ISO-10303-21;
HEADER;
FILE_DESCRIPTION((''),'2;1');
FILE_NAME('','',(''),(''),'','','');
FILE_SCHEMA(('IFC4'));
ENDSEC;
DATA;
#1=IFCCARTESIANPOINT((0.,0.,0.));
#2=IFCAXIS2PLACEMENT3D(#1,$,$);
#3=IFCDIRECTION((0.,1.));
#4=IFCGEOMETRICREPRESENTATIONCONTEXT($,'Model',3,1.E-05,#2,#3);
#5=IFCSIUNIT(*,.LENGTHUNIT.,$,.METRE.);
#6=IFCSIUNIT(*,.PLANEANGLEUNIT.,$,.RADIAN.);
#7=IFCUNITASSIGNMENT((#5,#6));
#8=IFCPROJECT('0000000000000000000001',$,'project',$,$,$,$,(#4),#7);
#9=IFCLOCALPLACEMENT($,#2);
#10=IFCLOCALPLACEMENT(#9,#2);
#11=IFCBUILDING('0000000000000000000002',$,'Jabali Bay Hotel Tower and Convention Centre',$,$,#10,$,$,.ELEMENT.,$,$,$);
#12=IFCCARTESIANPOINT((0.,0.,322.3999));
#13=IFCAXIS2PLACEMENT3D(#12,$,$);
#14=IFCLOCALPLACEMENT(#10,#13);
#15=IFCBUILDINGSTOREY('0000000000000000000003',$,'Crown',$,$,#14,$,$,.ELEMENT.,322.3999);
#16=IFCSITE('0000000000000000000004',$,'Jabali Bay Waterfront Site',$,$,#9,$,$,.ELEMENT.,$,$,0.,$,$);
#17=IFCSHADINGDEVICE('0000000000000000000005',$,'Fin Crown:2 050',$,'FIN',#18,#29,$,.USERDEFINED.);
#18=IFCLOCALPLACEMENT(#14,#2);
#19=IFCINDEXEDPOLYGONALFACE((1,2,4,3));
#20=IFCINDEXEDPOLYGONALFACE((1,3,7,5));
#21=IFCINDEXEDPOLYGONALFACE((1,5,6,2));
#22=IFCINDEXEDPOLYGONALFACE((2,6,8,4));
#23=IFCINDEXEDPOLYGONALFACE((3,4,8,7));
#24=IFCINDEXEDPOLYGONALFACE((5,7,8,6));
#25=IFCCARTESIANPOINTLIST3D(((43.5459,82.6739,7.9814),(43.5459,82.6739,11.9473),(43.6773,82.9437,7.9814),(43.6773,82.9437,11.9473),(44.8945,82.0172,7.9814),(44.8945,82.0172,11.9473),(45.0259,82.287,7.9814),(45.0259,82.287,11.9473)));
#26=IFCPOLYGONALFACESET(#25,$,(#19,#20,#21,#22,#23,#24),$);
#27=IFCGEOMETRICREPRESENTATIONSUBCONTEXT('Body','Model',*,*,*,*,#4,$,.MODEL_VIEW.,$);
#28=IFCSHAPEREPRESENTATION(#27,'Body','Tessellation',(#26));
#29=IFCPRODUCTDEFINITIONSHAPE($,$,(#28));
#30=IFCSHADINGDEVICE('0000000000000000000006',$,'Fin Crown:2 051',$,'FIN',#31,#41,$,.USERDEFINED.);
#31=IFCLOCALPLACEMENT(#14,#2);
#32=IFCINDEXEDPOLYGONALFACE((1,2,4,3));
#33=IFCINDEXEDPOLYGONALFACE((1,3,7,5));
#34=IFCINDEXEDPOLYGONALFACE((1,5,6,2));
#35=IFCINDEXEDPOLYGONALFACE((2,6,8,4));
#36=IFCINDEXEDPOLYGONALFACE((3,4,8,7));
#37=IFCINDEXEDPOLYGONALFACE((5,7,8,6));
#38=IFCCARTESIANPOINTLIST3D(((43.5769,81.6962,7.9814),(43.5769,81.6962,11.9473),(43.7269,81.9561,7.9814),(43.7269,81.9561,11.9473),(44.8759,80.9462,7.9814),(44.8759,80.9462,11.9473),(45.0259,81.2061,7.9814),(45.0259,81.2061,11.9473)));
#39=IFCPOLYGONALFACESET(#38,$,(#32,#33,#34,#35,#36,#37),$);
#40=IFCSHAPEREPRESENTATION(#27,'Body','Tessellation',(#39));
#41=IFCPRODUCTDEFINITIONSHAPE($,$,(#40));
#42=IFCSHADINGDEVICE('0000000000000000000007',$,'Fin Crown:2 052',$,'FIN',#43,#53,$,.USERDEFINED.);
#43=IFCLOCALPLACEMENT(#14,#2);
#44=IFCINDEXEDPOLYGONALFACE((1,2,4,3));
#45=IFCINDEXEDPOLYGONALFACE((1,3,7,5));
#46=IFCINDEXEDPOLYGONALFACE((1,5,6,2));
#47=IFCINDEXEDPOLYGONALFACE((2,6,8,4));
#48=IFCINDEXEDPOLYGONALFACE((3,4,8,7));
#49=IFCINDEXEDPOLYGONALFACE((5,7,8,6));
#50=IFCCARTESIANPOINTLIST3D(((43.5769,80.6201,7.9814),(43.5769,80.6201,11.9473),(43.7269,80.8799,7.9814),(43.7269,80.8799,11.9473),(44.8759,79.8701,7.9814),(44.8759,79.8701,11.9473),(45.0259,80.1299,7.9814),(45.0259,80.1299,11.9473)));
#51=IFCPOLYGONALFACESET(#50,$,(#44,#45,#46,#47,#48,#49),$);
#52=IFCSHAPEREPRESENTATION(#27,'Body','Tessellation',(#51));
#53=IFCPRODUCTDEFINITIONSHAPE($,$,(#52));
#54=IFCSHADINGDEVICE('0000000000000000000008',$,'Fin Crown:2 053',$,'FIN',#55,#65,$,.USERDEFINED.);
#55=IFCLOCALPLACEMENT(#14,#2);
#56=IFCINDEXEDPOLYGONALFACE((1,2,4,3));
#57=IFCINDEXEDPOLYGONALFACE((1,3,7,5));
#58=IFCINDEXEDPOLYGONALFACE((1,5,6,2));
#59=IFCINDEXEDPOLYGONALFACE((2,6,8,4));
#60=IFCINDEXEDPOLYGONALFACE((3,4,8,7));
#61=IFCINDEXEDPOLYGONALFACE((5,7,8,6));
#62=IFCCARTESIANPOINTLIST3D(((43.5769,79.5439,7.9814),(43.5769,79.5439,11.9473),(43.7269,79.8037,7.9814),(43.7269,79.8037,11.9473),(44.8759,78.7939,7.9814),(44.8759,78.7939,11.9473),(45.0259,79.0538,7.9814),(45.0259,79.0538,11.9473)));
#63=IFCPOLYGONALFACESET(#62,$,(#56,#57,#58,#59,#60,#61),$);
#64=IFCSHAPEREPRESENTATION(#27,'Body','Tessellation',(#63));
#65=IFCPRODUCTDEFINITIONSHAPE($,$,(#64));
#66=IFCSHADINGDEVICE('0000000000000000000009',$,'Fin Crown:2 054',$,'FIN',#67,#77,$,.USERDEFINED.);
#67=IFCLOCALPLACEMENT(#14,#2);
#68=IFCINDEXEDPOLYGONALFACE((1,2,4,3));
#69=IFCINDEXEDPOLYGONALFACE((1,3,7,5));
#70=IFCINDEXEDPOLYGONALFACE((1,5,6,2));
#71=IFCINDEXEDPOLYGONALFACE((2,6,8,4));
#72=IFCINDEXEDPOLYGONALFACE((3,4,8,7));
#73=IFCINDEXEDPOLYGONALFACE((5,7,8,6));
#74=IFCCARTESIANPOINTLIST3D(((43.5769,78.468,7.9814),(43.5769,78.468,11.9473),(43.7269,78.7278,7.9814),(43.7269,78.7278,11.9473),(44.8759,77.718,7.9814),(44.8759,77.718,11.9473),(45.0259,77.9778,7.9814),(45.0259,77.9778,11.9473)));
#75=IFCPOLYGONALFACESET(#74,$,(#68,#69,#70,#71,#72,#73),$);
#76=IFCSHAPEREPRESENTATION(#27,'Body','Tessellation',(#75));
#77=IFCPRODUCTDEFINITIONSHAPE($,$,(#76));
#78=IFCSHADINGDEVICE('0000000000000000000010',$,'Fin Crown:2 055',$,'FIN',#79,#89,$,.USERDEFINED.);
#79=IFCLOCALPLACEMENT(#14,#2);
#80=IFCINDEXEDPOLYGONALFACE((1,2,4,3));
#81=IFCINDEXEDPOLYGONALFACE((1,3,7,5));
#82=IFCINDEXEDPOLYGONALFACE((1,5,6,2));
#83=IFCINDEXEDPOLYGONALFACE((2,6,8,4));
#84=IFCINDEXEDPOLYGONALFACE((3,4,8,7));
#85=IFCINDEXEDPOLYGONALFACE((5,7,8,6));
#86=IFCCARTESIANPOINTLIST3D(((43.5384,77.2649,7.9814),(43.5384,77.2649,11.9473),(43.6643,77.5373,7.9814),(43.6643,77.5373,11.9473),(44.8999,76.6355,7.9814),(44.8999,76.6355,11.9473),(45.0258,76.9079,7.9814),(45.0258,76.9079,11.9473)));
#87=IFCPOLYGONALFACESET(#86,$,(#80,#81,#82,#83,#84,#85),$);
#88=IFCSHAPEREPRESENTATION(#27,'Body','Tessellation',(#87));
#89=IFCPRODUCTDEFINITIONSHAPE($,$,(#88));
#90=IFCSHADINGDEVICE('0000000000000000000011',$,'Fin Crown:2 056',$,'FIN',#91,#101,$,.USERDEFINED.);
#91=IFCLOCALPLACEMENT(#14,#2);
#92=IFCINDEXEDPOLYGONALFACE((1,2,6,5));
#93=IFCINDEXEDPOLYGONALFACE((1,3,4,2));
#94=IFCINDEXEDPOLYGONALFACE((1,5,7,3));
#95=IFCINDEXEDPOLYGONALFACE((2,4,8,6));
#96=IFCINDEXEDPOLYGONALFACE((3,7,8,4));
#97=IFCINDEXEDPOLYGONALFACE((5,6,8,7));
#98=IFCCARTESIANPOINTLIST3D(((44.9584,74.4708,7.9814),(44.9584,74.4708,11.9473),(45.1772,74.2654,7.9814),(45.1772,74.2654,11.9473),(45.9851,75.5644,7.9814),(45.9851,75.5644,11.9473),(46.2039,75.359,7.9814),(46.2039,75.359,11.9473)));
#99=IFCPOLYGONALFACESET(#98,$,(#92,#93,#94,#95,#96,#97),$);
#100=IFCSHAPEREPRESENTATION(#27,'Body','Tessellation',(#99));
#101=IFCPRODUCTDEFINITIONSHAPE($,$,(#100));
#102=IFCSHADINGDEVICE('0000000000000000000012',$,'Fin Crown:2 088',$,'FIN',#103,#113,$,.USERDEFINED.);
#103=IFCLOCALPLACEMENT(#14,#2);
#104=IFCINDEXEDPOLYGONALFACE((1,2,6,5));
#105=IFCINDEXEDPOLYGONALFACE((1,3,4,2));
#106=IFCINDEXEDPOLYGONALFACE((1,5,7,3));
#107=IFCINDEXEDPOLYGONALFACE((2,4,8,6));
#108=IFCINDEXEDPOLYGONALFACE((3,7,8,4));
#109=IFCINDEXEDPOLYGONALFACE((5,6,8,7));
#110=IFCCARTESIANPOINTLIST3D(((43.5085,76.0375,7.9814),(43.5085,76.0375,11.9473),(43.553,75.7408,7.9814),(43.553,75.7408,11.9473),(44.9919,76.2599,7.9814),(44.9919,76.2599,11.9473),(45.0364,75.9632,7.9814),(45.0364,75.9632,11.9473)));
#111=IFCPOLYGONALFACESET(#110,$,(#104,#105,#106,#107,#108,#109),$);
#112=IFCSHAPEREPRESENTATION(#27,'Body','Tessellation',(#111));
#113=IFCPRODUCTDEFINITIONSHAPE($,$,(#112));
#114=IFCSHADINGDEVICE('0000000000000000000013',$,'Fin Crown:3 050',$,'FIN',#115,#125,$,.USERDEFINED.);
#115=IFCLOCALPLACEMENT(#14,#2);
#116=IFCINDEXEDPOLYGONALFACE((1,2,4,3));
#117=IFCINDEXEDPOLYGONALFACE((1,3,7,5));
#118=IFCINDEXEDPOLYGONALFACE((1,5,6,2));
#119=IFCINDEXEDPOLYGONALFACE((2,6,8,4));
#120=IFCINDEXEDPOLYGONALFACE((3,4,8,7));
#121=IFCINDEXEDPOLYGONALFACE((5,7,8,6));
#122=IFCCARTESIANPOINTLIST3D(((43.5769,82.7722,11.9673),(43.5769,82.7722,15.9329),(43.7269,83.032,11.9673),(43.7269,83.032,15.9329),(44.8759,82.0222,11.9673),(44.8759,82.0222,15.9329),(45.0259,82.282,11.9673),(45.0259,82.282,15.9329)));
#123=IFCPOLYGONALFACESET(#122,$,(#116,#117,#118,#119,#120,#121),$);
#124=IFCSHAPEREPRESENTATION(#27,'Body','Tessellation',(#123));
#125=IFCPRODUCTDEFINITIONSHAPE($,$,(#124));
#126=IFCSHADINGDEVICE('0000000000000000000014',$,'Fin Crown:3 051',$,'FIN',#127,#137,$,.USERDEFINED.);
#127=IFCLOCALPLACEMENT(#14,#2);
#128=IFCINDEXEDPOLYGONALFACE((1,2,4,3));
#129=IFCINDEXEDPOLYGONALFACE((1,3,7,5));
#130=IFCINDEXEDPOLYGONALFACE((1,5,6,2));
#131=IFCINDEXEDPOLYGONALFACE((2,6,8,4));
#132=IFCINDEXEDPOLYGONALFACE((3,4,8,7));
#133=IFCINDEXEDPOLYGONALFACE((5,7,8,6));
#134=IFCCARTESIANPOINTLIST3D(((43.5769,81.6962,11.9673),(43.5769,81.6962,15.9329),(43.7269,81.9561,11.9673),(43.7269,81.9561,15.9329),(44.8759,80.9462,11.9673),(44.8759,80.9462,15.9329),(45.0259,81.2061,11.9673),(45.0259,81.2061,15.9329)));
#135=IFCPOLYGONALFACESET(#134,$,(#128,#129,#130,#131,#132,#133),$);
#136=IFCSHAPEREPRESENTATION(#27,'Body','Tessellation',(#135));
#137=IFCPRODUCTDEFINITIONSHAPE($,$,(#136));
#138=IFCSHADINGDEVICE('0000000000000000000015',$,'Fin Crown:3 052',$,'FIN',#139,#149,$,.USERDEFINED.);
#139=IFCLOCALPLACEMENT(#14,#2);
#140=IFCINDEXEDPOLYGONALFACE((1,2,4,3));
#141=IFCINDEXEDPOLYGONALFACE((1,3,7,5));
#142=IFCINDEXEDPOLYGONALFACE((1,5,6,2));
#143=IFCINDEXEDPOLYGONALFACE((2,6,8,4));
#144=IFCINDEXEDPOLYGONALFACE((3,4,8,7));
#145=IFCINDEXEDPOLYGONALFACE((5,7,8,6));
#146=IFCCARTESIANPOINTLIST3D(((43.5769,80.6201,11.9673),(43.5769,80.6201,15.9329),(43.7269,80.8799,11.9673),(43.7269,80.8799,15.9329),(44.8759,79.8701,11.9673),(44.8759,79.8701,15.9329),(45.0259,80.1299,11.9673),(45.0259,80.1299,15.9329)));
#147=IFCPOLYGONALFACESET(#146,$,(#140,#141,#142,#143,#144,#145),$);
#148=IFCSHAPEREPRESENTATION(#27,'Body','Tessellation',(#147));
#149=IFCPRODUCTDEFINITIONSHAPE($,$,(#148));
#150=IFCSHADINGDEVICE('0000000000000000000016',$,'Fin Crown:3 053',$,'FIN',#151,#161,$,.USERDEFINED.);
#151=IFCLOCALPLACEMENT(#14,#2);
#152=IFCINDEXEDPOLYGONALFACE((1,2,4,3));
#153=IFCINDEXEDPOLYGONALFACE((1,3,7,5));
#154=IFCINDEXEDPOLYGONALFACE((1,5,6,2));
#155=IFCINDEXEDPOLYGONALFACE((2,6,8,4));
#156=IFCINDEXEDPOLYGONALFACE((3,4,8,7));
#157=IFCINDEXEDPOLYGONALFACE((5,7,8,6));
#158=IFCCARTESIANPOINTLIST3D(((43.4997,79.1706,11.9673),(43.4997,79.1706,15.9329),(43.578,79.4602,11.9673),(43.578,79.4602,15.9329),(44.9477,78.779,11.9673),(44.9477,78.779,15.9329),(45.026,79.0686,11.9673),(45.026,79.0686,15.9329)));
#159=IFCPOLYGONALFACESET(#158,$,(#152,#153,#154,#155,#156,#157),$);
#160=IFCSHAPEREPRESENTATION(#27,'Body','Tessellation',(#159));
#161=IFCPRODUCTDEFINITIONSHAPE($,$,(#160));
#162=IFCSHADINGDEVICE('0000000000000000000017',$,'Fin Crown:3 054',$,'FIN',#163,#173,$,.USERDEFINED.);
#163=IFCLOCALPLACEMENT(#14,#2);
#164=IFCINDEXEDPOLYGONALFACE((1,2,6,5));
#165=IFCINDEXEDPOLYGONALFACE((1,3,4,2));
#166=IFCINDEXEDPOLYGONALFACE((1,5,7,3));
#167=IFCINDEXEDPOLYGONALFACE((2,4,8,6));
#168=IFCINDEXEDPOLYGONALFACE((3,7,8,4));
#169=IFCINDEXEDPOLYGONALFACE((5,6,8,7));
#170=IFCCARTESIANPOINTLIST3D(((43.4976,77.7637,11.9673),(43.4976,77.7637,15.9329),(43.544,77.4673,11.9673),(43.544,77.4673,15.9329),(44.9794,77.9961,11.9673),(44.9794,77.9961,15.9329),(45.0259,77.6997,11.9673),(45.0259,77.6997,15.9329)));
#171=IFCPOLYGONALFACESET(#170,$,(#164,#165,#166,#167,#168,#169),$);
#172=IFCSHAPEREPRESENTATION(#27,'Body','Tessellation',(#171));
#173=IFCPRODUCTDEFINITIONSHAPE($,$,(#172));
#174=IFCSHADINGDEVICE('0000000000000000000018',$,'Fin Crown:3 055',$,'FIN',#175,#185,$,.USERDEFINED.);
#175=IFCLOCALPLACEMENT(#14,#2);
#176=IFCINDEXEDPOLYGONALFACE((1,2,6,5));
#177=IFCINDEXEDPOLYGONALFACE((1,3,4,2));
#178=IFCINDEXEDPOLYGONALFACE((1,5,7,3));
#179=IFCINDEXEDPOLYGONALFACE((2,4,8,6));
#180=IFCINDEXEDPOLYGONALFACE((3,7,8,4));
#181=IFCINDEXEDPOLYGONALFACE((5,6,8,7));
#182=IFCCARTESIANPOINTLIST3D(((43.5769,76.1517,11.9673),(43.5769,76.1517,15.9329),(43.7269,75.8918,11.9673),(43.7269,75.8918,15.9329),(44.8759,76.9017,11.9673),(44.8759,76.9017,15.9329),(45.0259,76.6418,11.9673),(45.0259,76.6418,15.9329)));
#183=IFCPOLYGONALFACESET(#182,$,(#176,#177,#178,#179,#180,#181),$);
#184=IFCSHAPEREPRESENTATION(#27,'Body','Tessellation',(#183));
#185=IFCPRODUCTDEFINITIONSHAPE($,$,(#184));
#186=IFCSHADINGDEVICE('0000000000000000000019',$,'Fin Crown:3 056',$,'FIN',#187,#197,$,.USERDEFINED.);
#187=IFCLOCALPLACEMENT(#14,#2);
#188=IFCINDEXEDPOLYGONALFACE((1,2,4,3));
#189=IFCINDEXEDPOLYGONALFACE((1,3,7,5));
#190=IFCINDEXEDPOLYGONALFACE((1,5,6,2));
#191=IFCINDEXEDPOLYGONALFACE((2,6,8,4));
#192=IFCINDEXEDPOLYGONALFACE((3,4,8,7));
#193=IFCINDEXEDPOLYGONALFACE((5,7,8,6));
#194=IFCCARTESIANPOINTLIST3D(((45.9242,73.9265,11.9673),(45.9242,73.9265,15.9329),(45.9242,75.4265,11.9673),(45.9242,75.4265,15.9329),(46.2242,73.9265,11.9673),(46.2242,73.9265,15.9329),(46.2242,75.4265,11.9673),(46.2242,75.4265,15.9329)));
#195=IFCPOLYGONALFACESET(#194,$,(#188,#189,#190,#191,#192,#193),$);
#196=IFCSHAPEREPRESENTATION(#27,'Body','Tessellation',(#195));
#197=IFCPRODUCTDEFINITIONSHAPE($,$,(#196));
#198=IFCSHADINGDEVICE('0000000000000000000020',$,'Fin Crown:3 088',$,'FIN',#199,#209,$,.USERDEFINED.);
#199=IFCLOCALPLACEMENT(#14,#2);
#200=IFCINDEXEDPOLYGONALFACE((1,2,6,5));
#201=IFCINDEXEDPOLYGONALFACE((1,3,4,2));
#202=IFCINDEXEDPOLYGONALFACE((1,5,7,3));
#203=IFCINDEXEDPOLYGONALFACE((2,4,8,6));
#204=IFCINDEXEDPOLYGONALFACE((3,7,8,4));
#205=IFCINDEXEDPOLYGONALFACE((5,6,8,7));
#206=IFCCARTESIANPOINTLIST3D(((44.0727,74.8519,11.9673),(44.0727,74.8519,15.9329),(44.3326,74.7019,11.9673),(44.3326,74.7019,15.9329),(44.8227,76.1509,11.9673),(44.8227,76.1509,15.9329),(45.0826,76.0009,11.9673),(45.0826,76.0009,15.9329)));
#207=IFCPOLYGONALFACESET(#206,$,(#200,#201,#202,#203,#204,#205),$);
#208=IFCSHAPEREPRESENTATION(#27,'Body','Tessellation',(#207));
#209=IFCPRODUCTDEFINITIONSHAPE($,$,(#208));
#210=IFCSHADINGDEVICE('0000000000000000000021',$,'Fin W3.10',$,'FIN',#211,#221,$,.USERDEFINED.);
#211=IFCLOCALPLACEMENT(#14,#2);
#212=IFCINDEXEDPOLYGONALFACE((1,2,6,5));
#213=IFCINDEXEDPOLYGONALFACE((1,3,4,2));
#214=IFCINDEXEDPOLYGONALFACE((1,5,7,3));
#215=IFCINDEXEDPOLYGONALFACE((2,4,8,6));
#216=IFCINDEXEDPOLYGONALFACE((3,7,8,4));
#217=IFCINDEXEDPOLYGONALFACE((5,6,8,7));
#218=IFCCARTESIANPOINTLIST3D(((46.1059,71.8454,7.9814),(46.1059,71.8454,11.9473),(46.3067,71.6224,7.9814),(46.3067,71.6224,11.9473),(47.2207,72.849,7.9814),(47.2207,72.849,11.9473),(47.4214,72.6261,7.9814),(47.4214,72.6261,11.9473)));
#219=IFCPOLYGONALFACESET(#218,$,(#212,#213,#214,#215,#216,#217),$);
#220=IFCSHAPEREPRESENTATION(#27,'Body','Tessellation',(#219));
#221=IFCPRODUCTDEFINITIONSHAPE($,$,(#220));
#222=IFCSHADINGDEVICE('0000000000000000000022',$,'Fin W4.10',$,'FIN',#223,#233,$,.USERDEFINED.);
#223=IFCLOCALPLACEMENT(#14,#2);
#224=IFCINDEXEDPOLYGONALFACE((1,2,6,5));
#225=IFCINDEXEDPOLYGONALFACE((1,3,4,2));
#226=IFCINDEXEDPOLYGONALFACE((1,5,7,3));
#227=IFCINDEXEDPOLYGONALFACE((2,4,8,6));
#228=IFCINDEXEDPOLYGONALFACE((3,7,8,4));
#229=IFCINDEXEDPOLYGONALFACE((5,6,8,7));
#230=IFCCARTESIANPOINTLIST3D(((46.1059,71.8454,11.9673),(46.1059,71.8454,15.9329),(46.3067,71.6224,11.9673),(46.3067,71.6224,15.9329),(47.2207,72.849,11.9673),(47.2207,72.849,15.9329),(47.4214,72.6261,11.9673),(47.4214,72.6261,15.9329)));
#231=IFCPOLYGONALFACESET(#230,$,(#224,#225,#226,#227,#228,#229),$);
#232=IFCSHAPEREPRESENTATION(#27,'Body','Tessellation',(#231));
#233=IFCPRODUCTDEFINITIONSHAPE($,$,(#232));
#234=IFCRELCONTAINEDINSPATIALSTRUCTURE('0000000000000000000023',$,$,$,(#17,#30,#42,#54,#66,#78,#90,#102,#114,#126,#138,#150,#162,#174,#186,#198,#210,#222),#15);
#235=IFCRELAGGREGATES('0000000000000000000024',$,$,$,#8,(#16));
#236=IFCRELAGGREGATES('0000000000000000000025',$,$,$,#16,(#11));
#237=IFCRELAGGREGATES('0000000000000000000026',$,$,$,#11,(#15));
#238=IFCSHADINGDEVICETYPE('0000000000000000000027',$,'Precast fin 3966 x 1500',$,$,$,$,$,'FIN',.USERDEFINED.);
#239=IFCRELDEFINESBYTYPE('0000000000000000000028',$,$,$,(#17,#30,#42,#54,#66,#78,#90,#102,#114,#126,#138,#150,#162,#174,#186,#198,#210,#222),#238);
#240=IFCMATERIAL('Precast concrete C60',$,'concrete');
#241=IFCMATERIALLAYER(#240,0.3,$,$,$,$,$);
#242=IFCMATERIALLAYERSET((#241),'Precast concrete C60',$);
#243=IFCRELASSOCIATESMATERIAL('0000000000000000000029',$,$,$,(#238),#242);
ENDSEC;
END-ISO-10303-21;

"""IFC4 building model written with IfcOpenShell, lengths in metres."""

from ifc_helpers import new_model, si_unit, direction, frame, frame_2d, origin, place, context, subcontext, project, spatial, rectangle, extrude, material, layer, layer_set, type_object, element, save


model = new_model("IFC4")

# Units and contexts
model_context = context("Model", 3, precision=1e-05, world=origin(), true_north=direction((0.0, 1.0)))
body_context = subcontext(model_context, "Body", "Model", "MODEL_VIEW")
ifc_project = project(units=[si_unit("LENGTHUNIT", "METRE"), si_unit("PLANEANGLEUNIT", "RADIAN")], contexts=[model_context])

# Site, building, storey
site_placement = place(None, origin())
site = spatial("IfcSite", under=ifc_project, at=site_placement, Name="Jabali Bay Waterfront Site", CompositionType="ELEMENT", RefElevation=0.0)
building_placement = place(site_placement, origin())
building = spatial("IfcBuilding", under=site, at=building_placement, Name="Jabali Bay Hotel Tower and Convention Centre", CompositionType="ELEMENT")
storey_placement = place(building_placement, frame((0.0, 0.0, 322.3999)))
storey = spatial("IfcBuildingStorey", under=building, at=storey_placement, Name="Crown", CompositionType="ELEMENT", Elevation=322.3999)

# Shading devices
ifc_material_1 = material(Name="Precast concrete C60", Category="concrete")
ifc_layer = layer(ifc_material_1, 0.3)
ifc_layer_set = layer_set([ifc_layer], Name="Precast concrete C60")
shading_device_type = type_object("IfcShadingDeviceType", Name="Precast fin 3966 x 1500", ElementType="FIN", PredefinedType="USERDEFINED", material=ifc_layer_set)
for number, where, z_axis, x_axis, name in (
    (1, (44.9602, 82.1521, 7.9814), (0.0, 0.0, 1.0), (-0.899065, 0.437814, 0.0), "Fin Crown:2 050"),
    (2, (44.9509, 81.0762, 7.9814), (0.0, 0.0, 1.0), (-0.866031, 0.49999, 0.0), "Fin Crown:2 051"),
    (3, (44.9509, 80.0, 7.9814), (0.0, 0.0, 1.0), (-0.866031, 0.49999, 0.0), "Fin Crown:2 052"),
    (4, (44.9509, 78.9238, 7.9814), (0.0, 0.0, 1.0), (-0.866031, 0.49999, 0.0), "Fin Crown:2 053"),
    (5, (44.9509, 77.8479, 7.9814), (0.0, 0.0, 1.0), (-0.866031, 0.49999, 0.0), "Fin Crown:2 054"),
    (6, (44.9629, 76.7717, 7.9814), (0.0, 0.0, 1.0), (-0.907712, 0.419595, 0.0), "Fin Crown:2 055"),
    (7, (46.0945, 75.4617, 7.9814), (0.0, 0.0, 1.0), (-0.684455, -0.729055, 0.0), "Fin Crown:2 056"),
    (8, (45.0142, 76.1116, 7.9814), (0.0, 0.0, 1.0), (-0.988946, -0.148277, 0.0), "Fin Crown:2 088"),
):
    element("IfcShadingDevice", number, at=place(storey_placement, frame(where, z_axis=z_axis, x_axis=x_axis)), inside=storey, type_object=shading_device_type, Name=name, ObjectType="FIN", PredefinedType="USERDEFINED", context=body_context, shape_type="SweptSolid", body=[
        extrude(rectangle(XDim=1.5, YDim=0.3, at=frame_2d((0.75, 0.0))), origin(), (0.0, 0.0, 1.0), 3.9658),
    ])
for number, where, z_axis, x_axis, name in (
    (9, (44.9509, 82.1521, 11.9673), (0.0, 0.0, 1.0), (-0.866031, 0.49999, 0.0), "Fin Crown:3 050"),
    (10, (44.9509, 81.0762, 11.9673), (0.0, 0.0, 1.0), (-0.866031, 0.49999, 0.0), "Fin Crown:3 051"),
    (11, (44.9509, 80.0, 11.9673), (0.0, 0.0, 1.0), (-0.866031, 0.49999, 0.0), "Fin Crown:3 052"),
    (12, (44.9868, 78.9238, 11.9673), (0.0, 0.0, 1.0), (-0.965321, 0.261065, 0.0), "Fin Crown:3 053"),
    (13, (45.0027, 77.8479, 11.9673), (0.0, 0.0, 1.0), (-0.987923, -0.154943, 0.0), "Fin Crown:3 054"),
    (14, (44.9509, 76.7717, 11.9673), (0.0, 0.0, 1.0), (-0.866031, -0.49999, 0.0), "Fin Crown:3 055"),
    (15, (46.0742, 75.4265, 11.9673), (0.0, 0.0, 1.0), (0.0, -1.0, 0.0), "Fin Crown:3 056"),
    (16, (44.9526, 76.0759, 11.9673), (0.0, 0.0, 1.0), (-0.49999, -0.866031, 0.0), "Fin Crown:3 088"),
):
    element("IfcShadingDevice", number, at=place(storey_placement, frame(where, z_axis=z_axis, x_axis=x_axis)), inside=storey, type_object=shading_device_type, Name=name, ObjectType="FIN", PredefinedType="USERDEFINED", context=body_context, shape_type="SweptSolid", body=[
        extrude(rectangle(XDim=1.5, YDim=0.3, at=frame_2d((0.75, 0.0))), origin(), (0.0, 0.0, 1.0), 3.9656),
    ])
shading_device_1_placement = place(storey_placement, frame((47.321, 72.7375, 7.9814), z_axis=(0.0, 0.0, 1.0), x_axis=(-0.743165, -0.669109, 0.0)))
element("IfcShadingDevice", 17, at=shading_device_1_placement, inside=storey, type_object=shading_device_type, Name="Fin W3.10", ObjectType="FIN", PredefinedType="USERDEFINED", context=body_context, shape_type="SweptSolid", body=[
    extrude(rectangle(XDim=1.5, YDim=0.3, at=frame_2d((0.75, 0.0))), origin(), (0.0, 0.0, 1.0), 3.9658),
])
shading_device_2_placement = place(storey_placement, frame((47.321, 72.7375, 11.9673), z_axis=(0.0, 0.0, 1.0), x_axis=(-0.743165, -0.669109, 0.0)))
element("IfcShadingDevice", 18, at=shading_device_2_placement, inside=storey, type_object=shading_device_type, Name="Fin W4.10", ObjectType="FIN", PredefinedType="USERDEFINED", context=body_context, shape_type="SweptSolid", body=[
    extrude(rectangle(XDim=1.5, YDim=0.3, at=frame_2d((0.75, 0.0))), origin(), (0.0, 0.0, 1.0), 3.9656),
])

save(model, "model.ifc")
